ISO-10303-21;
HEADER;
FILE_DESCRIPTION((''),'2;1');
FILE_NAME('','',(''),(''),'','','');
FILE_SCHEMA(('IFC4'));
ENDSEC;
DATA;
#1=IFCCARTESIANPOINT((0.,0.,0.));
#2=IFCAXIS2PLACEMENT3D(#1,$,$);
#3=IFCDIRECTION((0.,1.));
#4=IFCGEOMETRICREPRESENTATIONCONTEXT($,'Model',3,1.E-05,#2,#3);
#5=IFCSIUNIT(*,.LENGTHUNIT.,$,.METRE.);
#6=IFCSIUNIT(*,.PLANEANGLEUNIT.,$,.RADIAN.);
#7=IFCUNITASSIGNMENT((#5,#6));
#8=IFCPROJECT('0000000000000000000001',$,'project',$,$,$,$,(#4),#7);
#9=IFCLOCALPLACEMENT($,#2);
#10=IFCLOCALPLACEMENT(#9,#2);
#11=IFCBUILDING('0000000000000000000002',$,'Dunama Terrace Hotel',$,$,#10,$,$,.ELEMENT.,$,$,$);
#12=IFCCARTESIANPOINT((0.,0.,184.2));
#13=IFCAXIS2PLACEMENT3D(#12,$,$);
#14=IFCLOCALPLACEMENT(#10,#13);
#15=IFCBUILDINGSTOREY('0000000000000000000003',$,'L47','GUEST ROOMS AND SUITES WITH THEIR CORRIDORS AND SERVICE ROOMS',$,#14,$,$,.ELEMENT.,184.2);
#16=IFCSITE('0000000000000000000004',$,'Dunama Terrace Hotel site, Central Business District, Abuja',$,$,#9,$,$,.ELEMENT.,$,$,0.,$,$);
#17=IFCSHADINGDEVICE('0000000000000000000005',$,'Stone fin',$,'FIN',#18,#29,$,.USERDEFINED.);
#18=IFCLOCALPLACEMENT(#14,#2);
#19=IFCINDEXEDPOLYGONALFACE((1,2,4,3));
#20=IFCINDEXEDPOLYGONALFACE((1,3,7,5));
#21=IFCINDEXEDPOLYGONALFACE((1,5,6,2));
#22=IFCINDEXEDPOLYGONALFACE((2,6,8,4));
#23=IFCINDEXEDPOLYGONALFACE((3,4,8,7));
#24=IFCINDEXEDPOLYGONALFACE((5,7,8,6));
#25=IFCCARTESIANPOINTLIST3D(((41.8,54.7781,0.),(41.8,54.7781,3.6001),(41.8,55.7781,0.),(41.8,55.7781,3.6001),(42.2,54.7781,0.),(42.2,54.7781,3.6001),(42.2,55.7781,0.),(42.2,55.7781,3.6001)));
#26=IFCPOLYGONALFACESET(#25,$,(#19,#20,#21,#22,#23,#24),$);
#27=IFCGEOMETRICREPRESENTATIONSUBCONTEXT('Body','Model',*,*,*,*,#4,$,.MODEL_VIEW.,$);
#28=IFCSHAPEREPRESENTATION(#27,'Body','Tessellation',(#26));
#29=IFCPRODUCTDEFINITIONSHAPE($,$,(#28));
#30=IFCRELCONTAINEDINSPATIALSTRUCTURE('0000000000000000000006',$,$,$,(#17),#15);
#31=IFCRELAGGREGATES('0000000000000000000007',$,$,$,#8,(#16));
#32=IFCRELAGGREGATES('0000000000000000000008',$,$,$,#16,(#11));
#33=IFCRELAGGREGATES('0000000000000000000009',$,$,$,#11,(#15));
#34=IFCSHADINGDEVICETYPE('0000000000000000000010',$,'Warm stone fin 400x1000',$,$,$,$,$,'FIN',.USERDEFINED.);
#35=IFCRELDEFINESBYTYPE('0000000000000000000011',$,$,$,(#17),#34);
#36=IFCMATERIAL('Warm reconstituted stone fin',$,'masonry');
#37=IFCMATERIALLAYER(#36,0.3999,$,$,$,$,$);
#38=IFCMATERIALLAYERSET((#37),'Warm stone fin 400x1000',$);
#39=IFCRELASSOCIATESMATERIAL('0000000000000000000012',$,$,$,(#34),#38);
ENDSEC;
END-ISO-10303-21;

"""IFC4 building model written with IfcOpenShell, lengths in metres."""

from ifc_helpers import new_model, si_unit, direction, frame, origin, origin_2d, place, context, subcontext, project, spatial, rectangle, extrude, material, layer, layer_set, type_object, element, save


model = new_model("IFC4")

# Units and contexts
model_context = context("Model", 3, precision=1e-05, world=origin(), true_north=direction((0.0, 1.0)))
body_context = subcontext(model_context, "Body", "Model", "MODEL_VIEW")
ifc_project = project(units=[si_unit("LENGTHUNIT", "METRE"), si_unit("PLANEANGLEUNIT", "RADIAN")], contexts=[model_context])

# Site, building, storey
site_placement = place(None, origin())
site = spatial("IfcSite", under=ifc_project, at=site_placement, Name="Dunama Terrace Hotel site, Central Business District, Abuja", CompositionType="ELEMENT", RefElevation=0.0)
building_placement = place(site_placement, origin())
building = spatial("IfcBuilding", under=site, at=building_placement, Name="Dunama Terrace Hotel", CompositionType="ELEMENT")
storey_placement = place(building_placement, frame((0.0, 0.0, 184.2)))
storey = spatial("IfcBuildingStorey", under=building, at=storey_placement, Name="L47", Description="GUEST ROOMS AND SUITES WITH THEIR CORRIDORS AND SERVICE ROOMS", CompositionType="ELEMENT", Elevation=184.2)

# Shading device
ifc_material_1 = material(Name="Warm reconstituted stone fin", Category="masonry")
ifc_layer_1 = layer(ifc_material_1, 0.3999)
ifc_layer_set_1 = layer_set([ifc_layer_1], Name="Warm stone fin 400x1000")
shading_device_type = type_object("IfcShadingDeviceType", Name="Warm stone fin 400x1000", ElementType="FIN", PredefinedType="USERDEFINED", material=ifc_layer_set_1)
shading_device_placement = place(storey_placement, frame((42.0, 55.2781, 0.0), z_axis=(0.0, 0.0, 1.0), x_axis=(-1.0, 0.0, 0.0)))
element("IfcShadingDevice", 1, at=shading_device_placement, inside=storey, type_object=shading_device_type, Name="Stone fin", ObjectType="FIN", PredefinedType="USERDEFINED", context=body_context, shape_type="SweptSolid", body=[
    extrude(rectangle(XDim=0.3999, YDim=1.0, at=origin_2d()), origin(), (0.0, 0.0, 1.0), 3.6001),
])

save(model, "model.ifc")
